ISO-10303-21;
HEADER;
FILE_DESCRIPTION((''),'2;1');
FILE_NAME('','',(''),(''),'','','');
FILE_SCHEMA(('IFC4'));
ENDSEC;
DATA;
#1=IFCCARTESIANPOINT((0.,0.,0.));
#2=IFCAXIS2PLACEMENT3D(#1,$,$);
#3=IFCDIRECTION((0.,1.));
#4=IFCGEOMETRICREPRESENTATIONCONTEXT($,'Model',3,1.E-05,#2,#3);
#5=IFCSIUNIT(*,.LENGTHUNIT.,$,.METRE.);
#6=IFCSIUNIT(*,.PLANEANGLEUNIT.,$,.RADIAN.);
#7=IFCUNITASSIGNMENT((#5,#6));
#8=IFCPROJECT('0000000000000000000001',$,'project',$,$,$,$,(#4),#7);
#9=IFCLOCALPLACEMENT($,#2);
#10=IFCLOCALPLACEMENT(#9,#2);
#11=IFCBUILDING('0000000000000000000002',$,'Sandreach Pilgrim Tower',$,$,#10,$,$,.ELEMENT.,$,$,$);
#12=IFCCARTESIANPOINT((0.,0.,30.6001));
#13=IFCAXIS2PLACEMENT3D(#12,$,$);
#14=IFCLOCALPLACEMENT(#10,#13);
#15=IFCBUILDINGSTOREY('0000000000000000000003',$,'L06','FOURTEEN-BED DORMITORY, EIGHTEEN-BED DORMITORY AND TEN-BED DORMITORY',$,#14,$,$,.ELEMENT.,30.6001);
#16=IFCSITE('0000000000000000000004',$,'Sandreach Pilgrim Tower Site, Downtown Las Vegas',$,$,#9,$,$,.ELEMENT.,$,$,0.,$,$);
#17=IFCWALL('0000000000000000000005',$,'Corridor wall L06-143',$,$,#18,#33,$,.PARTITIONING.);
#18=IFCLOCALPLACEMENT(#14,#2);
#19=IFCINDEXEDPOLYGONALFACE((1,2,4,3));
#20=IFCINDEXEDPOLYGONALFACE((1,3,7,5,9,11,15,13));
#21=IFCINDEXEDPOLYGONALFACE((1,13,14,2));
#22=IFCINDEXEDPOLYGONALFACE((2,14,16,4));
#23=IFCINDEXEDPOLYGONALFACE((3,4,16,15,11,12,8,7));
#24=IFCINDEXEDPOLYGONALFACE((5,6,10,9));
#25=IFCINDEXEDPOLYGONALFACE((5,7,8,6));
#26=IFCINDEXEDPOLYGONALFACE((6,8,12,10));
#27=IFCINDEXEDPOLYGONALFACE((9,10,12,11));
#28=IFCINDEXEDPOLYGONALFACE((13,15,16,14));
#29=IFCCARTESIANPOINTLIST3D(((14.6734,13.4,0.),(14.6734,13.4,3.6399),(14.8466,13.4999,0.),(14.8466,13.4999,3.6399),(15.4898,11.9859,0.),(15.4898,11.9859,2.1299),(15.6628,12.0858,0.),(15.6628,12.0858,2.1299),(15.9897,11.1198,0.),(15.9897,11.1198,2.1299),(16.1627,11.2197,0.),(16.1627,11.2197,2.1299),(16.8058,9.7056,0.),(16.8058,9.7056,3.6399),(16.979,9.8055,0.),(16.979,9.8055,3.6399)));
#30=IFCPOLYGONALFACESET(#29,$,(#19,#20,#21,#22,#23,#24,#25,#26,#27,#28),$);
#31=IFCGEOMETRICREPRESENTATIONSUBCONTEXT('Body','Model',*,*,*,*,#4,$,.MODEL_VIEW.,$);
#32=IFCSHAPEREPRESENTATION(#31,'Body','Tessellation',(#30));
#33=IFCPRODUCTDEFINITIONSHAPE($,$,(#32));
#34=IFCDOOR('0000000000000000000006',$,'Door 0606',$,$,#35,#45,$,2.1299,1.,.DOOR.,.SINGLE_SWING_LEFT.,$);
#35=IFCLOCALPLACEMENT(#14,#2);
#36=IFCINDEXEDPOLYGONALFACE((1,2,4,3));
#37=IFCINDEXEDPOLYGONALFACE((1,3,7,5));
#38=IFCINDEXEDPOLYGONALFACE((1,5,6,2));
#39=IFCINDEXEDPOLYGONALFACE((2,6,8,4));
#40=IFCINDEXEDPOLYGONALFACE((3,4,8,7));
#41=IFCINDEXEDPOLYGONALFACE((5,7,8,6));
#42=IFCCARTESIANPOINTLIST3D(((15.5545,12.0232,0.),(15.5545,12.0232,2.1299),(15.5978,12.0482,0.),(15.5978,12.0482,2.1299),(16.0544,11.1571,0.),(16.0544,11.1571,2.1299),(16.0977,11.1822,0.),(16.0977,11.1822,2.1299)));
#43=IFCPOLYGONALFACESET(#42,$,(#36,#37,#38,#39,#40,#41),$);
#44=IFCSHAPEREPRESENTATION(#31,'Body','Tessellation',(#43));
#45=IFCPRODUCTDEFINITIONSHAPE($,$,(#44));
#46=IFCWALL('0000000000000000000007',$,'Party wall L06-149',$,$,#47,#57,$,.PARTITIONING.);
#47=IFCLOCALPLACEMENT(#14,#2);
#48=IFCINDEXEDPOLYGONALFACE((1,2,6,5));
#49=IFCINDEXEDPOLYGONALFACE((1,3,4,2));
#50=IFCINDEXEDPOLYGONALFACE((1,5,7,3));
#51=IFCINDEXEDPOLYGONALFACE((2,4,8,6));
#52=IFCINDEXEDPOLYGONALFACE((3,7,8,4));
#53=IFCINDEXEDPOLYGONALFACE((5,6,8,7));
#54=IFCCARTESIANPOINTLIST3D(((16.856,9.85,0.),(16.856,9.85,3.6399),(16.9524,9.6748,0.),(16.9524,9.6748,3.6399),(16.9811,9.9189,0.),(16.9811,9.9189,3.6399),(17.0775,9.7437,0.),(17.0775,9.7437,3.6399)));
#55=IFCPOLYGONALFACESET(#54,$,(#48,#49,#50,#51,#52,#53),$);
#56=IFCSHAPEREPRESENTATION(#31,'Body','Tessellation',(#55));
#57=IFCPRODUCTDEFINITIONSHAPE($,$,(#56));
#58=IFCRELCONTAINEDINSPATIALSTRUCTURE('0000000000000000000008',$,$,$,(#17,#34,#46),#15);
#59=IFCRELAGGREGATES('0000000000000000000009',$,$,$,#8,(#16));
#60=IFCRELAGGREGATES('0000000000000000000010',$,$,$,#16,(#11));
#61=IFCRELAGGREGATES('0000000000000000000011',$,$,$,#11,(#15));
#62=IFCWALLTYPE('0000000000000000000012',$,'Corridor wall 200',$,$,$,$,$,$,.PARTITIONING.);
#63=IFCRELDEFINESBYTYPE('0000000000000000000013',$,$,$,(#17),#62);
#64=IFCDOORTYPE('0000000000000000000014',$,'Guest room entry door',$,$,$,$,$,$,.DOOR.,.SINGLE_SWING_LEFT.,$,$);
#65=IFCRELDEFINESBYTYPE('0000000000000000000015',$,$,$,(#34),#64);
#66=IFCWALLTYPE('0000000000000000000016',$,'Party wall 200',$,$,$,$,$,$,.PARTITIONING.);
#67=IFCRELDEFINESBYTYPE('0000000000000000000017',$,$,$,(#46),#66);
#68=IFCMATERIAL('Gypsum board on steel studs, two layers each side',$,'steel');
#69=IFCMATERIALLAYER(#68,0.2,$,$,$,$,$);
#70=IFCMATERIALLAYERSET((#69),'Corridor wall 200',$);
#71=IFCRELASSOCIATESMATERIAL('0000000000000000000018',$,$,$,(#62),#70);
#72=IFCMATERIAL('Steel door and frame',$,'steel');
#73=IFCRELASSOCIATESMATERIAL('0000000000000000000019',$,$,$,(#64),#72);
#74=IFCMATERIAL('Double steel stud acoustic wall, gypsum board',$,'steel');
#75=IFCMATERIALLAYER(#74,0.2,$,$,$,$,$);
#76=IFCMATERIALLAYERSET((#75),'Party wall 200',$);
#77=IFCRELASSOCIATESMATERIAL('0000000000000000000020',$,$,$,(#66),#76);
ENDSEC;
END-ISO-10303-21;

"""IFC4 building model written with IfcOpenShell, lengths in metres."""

from ifc_helpers import new_model, si_unit, direction, frame, frame_2d, origin, place, context, subcontext, project, spatial, rectangle, extrude, material, layer, layer_set, type_object, element, fill, save


model = new_model("IFC4")

# Units and contexts
model_context = context("Model", 3, precision=1e-05, world=origin(), true_north=direction((0.0, 1.0)))
body_context = subcontext(model_context, "Body", "Model", "MODEL_VIEW")
ifc_project = project(units=[si_unit("LENGTHUNIT", "METRE"), si_unit("PLANEANGLEUNIT", "RADIAN")], contexts=[model_context])

# Site, building, storey
site_placement = place(None, origin())
site = spatial("IfcSite", under=ifc_project, at=site_placement, Name="Sandreach Pilgrim Tower Site, Downtown Las Vegas", CompositionType="ELEMENT", RefElevation=0.0)
building_placement = place(site_placement, origin())
building = spatial("IfcBuilding", under=site, at=building_placement, Name="Sandreach Pilgrim Tower", CompositionType="ELEMENT")
storey_placement = place(building_placement, frame((0.0, 0.0, 30.6001)))
storey = spatial("IfcBuildingStorey", under=building, at=storey_placement, Name="L06", Description="FOURTEEN-BED DORMITORY, EIGHTEEN-BED DORMITORY AND TEN-BED DORMITORY", CompositionType="ELEMENT", Elevation=30.6001)

# Shared definitions
ifc_material_1 = material(Name="Gypsum board on steel studs, two layers each side", Category="steel")
ifc_layer_1 = layer(ifc_material_1, 0.2)
ifc_layer_set_1 = layer_set([ifc_layer_1], Name="Corridor wall 200")
wall_type_1 = type_object("IfcWallType", Name="Corridor wall 200", PredefinedType="PARTITIONING", material=ifc_layer_set_1)
ifc_material_2 = material(Name="Steel door and frame", Category="steel")
door_type_1 = type_object("IfcDoorType", Name="Guest room entry door", OperationType="SINGLE_SWING_LEFT", PredefinedType="DOOR", material=ifc_material_2)

# Wall, opening, door
wall_1_placement = place(storey_placement, frame((14.76, 13.45, 0.0), z_axis=(0.0, 0.0, 1.0), x_axis=(0.499894, -0.866086, 0.0)))
wall_1 = element("IfcWall", 1, at=wall_1_placement, inside=storey, type_object=wall_type_1, Name="Corridor wall L06-143", PredefinedType="PARTITIONING", context=body_context, shape_type="SweptSolid", body=[
    extrude(rectangle(XDim=4.2656, YDim=0.2, at=frame_2d((2.1328, 0.0))), origin(), (0.0, 0.0, 1.0), 3.6399),
])
opening_1_placement = place(wall_1_placement, frame((1.6328, 0.0, 0.0)))
opening_1 = element("IfcOpeningElement", 2, at=opening_1_placement, cuts=wall_1, PredefinedType="OPENING", context=body_context, shape_type="SweptSolid", body=[
    extrude(rectangle(XDim=1.0, YDim=2.1299, at=frame_2d((0.5, 1.0649))), frame((0.0, 0.1001, 0.0), z_axis=(0.0, -1.0, 0.0), x_axis=(1.0, 0.0, 0.0)), (0.0, 0.0, 1.0), 0.2),
])
door_1_placement = place(opening_1_placement, origin())
door_1 = element("IfcDoor", 3, at=door_1_placement, inside=storey, type_object=door_type_1, Name="Door 0606", OperationType="SINGLE_SWING_LEFT", OverallHeight=2.1299, OverallWidth=1.0, PredefinedType="DOOR", context=body_context, shape_type="SweptSolid", body=[
    extrude(rectangle(XDim=1.0, YDim=2.1299, at=frame_2d((0.5, 1.0649))), frame((0.0, 0.0249, 0.0), z_axis=(0.0, -1.0, 0.0), x_axis=(1.0, 0.0, 0.0)), (0.0, 0.0, 1.0), 0.05),
])
fill(opening_1, door_1)

# Wall
ifc_material_3 = material(Name="Double steel stud acoustic wall, gypsum board", Category="steel")
ifc_layer_2 = layer(ifc_material_3, 0.2)
ifc_layer_set_2 = layer_set([ifc_layer_2], Name="Party wall 200")
wall_type_2 = type_object("IfcWallType", Name="Party wall 200", PredefinedType="PARTITIONING", material=ifc_layer_set_2)
wall_2_placement = place(storey_placement, frame((16.9043, 9.7625, 0.0), z_axis=(0.0, 0.0, 1.0), x_axis=(0.875927, 0.482444, 0.0)))
element("IfcWall", 4, at=wall_2_placement, inside=storey, type_object=wall_type_2, Name="Party wall L06-149", PredefinedType="PARTITIONING", context=body_context, shape_type="SweptSolid", body=[
    extrude(rectangle(XDim=0.1428, YDim=0.2, at=frame_2d((0.0713, 0.0))), origin(), (0.0, 0.0, 1.0), 3.6399),
])

save(model, "model.ifc")
